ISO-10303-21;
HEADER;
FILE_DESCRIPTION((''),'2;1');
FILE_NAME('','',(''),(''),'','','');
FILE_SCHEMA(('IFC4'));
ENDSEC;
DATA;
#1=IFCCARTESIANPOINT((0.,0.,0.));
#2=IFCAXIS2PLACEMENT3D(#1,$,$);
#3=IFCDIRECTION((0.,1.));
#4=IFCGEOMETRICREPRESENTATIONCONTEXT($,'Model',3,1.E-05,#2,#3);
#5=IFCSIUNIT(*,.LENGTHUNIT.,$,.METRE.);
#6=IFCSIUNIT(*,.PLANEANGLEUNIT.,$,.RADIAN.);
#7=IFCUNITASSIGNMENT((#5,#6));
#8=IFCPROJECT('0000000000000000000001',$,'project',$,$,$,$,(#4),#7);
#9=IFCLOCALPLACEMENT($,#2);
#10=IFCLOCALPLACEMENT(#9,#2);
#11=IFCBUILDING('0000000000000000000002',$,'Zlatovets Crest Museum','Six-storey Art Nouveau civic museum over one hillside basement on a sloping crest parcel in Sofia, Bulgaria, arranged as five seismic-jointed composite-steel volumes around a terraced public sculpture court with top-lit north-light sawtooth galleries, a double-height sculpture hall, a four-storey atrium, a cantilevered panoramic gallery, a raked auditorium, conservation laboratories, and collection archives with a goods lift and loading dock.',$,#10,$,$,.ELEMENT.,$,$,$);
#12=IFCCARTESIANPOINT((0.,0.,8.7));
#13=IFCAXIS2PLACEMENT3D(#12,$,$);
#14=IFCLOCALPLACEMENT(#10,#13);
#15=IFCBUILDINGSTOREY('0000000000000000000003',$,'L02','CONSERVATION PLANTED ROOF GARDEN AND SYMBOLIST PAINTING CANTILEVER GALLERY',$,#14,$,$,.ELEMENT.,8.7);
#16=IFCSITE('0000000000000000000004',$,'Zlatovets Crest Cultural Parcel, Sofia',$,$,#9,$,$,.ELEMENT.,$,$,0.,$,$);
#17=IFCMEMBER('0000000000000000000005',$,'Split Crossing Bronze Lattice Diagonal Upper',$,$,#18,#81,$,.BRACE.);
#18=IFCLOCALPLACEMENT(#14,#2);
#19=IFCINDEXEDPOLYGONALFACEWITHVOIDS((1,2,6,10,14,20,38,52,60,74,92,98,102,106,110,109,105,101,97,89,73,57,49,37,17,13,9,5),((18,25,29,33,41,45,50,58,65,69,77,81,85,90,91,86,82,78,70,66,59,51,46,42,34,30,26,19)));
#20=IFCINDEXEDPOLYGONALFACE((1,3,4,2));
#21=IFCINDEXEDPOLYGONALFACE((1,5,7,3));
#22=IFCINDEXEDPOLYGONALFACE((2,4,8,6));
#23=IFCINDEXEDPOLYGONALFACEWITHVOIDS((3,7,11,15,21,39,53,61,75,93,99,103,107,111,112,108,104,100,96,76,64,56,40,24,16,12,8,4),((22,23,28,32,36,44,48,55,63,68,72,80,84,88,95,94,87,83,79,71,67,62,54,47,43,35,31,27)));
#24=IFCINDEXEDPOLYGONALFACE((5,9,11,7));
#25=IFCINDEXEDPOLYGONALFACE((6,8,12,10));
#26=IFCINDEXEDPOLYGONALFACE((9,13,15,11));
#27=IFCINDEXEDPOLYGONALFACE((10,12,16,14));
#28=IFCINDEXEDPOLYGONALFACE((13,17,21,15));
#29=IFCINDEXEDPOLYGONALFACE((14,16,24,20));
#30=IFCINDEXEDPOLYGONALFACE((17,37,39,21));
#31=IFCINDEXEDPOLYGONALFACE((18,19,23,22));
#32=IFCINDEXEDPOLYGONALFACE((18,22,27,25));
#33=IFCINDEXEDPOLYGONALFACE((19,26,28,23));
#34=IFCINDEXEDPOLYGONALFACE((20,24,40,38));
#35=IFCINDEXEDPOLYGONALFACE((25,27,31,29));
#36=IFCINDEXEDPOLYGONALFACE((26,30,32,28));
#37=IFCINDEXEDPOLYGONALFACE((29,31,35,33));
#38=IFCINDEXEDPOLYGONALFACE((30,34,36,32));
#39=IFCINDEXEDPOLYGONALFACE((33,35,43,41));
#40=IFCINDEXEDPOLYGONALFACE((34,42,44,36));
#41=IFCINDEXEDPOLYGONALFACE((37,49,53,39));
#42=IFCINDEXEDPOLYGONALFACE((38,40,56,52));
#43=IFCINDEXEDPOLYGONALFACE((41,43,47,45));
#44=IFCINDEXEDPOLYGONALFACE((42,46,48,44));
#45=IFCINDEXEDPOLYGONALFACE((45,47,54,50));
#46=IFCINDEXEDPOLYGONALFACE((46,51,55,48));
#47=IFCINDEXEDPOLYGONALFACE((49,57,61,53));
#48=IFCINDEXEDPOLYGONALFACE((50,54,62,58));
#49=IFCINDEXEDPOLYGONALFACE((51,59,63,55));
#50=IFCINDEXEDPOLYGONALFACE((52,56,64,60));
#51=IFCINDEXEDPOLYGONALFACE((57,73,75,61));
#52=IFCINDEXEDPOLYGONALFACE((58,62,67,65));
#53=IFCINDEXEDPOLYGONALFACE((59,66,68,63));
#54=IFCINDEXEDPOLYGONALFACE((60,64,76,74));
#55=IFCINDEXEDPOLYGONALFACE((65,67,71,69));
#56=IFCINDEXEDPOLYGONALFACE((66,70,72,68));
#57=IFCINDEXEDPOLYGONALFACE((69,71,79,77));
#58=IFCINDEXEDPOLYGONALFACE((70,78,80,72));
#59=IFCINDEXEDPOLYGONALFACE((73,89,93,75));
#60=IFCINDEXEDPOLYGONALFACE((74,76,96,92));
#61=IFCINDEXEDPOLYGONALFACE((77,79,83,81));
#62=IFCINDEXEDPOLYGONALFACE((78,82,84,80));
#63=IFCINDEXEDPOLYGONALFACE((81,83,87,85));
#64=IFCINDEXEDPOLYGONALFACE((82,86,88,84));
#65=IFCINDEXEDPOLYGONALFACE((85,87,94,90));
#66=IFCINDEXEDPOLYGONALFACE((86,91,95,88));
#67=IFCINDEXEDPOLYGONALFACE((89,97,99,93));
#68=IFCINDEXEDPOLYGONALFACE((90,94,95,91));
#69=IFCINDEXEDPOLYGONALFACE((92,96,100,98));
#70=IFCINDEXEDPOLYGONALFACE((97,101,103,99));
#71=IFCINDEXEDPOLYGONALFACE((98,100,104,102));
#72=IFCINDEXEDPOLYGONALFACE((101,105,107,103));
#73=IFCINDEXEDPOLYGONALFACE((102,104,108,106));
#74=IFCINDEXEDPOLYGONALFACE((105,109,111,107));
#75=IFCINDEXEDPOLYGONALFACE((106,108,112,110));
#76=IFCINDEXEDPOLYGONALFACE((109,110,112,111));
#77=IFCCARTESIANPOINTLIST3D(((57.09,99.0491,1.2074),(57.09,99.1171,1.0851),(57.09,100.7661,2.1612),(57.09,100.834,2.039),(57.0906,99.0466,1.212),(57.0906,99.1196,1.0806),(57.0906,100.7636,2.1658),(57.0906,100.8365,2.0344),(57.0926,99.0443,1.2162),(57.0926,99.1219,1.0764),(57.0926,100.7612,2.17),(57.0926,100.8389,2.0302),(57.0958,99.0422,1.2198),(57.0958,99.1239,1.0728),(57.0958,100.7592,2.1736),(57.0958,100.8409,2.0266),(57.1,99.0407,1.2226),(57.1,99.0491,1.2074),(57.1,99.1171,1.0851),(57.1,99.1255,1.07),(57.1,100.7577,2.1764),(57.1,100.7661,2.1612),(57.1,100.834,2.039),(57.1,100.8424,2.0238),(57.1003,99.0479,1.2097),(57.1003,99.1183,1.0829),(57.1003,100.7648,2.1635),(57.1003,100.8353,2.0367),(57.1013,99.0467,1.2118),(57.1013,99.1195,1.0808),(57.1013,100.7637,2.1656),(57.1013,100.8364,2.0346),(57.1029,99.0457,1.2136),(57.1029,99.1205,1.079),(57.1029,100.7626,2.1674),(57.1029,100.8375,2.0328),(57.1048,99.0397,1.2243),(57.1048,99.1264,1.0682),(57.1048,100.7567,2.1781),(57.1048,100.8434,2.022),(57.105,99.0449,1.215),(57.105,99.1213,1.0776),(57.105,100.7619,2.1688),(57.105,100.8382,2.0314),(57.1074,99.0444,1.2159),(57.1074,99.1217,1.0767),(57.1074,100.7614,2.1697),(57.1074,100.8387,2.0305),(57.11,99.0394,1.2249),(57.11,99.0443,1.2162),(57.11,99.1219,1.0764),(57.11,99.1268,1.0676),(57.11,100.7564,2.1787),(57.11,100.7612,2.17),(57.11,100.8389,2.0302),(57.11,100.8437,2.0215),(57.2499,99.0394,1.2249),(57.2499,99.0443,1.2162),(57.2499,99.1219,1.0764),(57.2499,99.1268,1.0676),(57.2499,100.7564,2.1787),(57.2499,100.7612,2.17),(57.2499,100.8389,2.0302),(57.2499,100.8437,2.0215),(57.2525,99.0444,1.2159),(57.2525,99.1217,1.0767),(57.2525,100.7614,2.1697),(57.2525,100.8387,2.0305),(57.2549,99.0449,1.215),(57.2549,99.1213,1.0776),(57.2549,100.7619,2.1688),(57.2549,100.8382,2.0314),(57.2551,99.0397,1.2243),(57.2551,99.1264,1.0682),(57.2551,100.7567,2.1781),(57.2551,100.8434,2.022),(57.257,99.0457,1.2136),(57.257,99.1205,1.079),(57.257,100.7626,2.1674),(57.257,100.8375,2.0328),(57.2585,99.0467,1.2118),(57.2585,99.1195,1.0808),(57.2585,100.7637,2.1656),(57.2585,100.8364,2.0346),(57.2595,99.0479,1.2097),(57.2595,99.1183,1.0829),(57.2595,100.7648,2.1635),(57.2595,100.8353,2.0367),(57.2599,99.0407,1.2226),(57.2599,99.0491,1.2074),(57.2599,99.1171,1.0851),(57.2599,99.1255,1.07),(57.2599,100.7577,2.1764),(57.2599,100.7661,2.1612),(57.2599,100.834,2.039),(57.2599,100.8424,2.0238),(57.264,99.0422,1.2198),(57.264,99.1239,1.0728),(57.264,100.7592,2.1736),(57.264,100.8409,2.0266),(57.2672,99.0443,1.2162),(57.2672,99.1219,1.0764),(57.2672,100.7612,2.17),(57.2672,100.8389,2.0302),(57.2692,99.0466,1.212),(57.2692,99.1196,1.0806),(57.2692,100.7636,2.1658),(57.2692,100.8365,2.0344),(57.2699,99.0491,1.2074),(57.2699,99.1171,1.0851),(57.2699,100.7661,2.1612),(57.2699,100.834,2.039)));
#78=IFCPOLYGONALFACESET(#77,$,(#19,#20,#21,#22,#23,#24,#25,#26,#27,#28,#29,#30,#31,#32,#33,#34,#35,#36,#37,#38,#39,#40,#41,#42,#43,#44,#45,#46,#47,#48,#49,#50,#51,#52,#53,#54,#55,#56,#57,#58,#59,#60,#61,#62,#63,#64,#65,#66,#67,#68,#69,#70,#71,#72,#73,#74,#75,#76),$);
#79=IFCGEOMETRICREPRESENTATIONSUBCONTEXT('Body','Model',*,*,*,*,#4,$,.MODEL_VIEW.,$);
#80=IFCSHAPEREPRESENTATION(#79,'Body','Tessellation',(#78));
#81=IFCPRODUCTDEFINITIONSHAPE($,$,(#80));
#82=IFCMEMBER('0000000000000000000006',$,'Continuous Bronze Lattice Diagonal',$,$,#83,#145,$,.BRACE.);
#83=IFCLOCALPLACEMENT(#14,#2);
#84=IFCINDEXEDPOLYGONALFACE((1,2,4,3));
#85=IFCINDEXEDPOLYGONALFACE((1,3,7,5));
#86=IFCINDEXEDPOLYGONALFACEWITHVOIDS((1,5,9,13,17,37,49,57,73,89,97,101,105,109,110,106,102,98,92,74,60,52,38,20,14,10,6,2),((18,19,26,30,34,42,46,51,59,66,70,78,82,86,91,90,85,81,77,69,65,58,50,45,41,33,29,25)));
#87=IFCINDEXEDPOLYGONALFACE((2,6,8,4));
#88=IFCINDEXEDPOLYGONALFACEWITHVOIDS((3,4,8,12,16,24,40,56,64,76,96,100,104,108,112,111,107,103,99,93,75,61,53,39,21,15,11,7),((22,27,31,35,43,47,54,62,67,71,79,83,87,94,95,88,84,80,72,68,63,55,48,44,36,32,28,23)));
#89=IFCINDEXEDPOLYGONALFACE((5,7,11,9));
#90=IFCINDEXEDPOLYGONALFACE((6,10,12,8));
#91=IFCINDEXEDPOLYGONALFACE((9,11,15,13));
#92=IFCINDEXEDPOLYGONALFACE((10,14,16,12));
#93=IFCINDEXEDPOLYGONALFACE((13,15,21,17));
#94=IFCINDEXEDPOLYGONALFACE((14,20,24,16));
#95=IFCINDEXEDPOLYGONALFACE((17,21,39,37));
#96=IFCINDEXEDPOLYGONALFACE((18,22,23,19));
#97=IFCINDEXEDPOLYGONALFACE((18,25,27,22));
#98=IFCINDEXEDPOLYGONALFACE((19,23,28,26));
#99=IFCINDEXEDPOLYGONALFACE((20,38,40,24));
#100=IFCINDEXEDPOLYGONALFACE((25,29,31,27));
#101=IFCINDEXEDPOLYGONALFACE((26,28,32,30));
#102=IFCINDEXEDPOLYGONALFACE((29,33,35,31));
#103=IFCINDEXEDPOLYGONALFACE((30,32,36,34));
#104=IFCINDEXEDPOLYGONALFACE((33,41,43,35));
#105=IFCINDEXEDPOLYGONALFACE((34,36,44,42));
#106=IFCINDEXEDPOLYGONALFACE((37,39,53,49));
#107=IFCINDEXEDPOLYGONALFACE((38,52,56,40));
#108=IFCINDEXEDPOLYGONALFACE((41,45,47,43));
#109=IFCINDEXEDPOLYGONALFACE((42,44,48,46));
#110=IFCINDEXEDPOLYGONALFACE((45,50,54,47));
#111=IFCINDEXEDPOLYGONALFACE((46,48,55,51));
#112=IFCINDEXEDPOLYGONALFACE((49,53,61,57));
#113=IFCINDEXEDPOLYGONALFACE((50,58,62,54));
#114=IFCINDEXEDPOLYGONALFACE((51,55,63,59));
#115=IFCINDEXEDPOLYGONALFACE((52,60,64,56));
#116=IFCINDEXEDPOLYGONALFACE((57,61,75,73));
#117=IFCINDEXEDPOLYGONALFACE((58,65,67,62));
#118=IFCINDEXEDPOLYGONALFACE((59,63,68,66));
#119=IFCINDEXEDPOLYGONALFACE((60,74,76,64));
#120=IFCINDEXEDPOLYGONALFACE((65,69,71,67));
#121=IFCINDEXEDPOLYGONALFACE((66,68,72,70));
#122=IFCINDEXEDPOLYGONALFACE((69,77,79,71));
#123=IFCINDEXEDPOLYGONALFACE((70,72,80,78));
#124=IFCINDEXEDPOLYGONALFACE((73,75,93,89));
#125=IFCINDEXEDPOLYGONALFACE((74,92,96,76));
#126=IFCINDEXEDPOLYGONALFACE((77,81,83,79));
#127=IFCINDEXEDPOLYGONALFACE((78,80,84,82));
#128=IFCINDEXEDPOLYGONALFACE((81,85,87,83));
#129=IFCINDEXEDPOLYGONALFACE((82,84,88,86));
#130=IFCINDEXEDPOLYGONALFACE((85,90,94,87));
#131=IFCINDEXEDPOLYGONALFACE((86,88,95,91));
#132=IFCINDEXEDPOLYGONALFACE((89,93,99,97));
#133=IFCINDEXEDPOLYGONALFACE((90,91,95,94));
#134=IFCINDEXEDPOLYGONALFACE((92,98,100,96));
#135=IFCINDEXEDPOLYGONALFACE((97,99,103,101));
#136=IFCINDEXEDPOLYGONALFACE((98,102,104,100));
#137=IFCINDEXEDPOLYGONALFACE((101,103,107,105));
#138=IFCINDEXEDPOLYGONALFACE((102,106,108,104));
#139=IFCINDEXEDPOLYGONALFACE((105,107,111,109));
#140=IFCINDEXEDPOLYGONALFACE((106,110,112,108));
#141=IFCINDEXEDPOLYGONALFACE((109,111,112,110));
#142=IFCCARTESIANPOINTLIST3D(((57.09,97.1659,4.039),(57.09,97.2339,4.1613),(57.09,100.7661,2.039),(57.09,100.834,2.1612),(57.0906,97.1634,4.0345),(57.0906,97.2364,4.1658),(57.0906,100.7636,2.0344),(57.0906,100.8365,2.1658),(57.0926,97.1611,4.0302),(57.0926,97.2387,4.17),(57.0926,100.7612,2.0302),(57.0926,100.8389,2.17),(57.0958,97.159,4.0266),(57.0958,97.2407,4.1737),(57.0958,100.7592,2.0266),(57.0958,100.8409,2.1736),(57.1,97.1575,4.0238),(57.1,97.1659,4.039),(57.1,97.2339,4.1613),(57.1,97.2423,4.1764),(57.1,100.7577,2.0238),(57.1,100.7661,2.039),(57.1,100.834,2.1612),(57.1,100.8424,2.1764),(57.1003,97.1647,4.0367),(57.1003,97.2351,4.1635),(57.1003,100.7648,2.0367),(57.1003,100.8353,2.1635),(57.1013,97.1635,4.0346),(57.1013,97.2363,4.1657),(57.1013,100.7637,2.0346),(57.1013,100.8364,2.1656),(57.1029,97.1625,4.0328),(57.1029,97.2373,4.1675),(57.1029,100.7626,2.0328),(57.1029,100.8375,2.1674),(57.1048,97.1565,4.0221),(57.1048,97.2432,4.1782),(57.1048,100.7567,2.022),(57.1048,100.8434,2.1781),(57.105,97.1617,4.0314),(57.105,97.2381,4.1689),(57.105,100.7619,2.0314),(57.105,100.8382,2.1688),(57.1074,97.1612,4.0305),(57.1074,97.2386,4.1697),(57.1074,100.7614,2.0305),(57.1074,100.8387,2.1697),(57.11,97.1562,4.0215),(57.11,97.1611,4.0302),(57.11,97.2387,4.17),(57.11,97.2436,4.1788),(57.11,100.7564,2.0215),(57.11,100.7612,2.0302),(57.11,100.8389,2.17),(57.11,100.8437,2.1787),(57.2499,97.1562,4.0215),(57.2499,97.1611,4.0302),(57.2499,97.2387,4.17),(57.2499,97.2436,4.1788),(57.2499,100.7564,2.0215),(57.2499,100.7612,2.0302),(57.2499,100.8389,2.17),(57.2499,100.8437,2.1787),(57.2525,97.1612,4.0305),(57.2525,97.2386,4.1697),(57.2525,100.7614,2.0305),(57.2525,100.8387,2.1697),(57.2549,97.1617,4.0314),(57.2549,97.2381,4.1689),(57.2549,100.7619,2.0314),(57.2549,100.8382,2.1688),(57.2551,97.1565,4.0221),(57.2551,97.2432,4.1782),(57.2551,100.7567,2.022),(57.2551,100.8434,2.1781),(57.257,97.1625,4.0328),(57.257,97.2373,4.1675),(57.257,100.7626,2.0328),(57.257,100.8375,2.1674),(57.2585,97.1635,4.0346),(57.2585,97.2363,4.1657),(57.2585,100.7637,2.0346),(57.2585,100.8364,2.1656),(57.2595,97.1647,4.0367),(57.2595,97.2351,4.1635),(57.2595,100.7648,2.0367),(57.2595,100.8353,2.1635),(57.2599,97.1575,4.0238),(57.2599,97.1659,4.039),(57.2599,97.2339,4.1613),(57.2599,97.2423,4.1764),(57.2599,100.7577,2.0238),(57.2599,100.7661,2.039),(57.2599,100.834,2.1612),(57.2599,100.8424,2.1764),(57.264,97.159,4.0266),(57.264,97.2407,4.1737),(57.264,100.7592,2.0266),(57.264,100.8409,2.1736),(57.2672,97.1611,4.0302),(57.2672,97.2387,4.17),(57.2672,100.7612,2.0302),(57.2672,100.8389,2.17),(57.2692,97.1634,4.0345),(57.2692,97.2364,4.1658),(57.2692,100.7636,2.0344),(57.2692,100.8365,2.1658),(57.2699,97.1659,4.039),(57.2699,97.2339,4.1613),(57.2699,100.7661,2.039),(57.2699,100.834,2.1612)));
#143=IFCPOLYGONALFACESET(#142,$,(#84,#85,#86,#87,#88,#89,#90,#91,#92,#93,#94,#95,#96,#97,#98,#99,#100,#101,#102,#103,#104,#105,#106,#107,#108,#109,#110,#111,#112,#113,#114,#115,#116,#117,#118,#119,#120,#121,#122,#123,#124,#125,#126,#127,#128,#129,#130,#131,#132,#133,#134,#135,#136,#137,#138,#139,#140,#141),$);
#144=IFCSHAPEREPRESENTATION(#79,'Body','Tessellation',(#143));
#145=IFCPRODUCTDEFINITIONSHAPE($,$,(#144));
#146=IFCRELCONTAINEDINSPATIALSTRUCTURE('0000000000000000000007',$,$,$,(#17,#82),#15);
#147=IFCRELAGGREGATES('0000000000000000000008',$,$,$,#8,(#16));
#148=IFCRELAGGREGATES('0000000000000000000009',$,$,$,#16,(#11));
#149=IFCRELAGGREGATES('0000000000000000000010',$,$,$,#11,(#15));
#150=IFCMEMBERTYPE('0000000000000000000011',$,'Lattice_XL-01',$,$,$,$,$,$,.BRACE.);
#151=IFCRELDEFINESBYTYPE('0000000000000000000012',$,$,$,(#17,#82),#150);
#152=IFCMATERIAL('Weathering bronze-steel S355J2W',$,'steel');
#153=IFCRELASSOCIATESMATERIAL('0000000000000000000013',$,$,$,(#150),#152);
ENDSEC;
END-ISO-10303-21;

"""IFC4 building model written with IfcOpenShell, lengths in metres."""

from ifc_helpers import new_model, si_unit, direction, frame, origin, origin_2d, place, context, subcontext, project, spatial, hollow_rectangle, extrude, material, material_profile, profile_set, type_object, element, save


model = new_model("IFC4")

# Units and contexts
model_context = context("Model", 3, precision=1e-05, world=origin(), true_north=direction((0.0, 1.0)))
body_context = subcontext(model_context, "Body", "Model", "MODEL_VIEW")
ifc_project = project(units=[si_unit("LENGTHUNIT", "METRE"), si_unit("PLANEANGLEUNIT", "RADIAN")], contexts=[model_context])

# Site, building, storey
site_placement = place(None, origin())
site = spatial("IfcSite", under=ifc_project, at=site_placement, Name="Zlatovets Crest Cultural Parcel, Sofia", CompositionType="ELEMENT", RefElevation=0.0)
building_placement = place(site_placement, origin())
building = spatial("IfcBuilding", under=site, at=building_placement, Name="Zlatovets Crest Museum", Description="Six-storey Art Nouveau civic museum over one hillside basement on a sloping crest parcel in Sofia, Bulgaria, arranged as five seismic-jointed composite-steel volumes around a terraced public sculpture court with top-lit north-light sawtooth galleries, a double-height sculpture hall, a four-storey atrium, a cantilevered panoramic gallery, a raked auditorium, conservation laboratories, and collection archives with a goods lift and loading dock.", CompositionType="ELEMENT")
storey_placement = place(building_placement, frame((0.0, 0.0, 8.7)))
storey = spatial("IfcBuildingStorey", under=building, at=storey_placement, Name="L02", Description="CONSERVATION PLANTED ROOF GARDEN AND SYMBOLIST PAINTING CANTILEVER GALLERY", CompositionType="ELEMENT", Elevation=8.7)

# Members
ifc_material_1 = material(Name="Weathering bronze-steel S355J2W", Category="steel")
ifc_material_profile_1 = material_profile(ifc_material_1, hollow_rectangle(XDim=0.1799, YDim=0.1799, WallThickness=0.01, InnerFilletRadius=0.01, OuterFilletRadius=0.02, at=origin_2d()), Name="SHS 180x180x10.0")
ifc_profile_set_1 = profile_set([ifc_material_profile_1], Name="Weathering bronze-steel S355J2W")
member_type_1 = type_object("IfcMemberType", Name="Lattice_XL-01", PredefinedType="BRACE", material=ifc_profile_set_1)
for number, where, z_axis, x_axis, name in (
    (1, (57.1799, 100.8, 2.1001), (0.0, -0.874169, -0.485622), (1.0, 0.0, 0.0), "Split Crossing Bronze Lattice Diagonal Upper"),
):
    element("IfcMember", number, at=place(storey_placement, frame(where, z_axis=z_axis, x_axis=x_axis)), inside=storey, type_object=member_type_1, Name=name, PredefinedType="BRACE", context=body_context, shape_type="SweptSolid", body=[
        extrude(hollow_rectangle(XDim=0.1799, YDim=0.1799, WallThickness=0.01, InnerFilletRadius=0.01, OuterFilletRadius=0.02, at=origin_2d()), origin(), (0.0, 0.0, 1.0), 1.9641),
    ])
member_1_placement = place(storey_placement, frame((57.1799, 100.8, 2.1001), z_axis=(0.0, -0.874163, 0.485633), x_axis=(1.0, 0.0, 0.0)))
element("IfcMember", 2, at=member_1_placement, inside=storey, type_object=member_type_1, Name="Continuous Bronze Lattice Diagonal", PredefinedType="BRACE", context=body_context, shape_type="SweptSolid", body=[
    extrude(hollow_rectangle(XDim=0.1799, YDim=0.1799, WallThickness=0.01, InnerFilletRadius=0.01, OuterFilletRadius=0.02, at=origin_2d()), origin(), (0.0, 0.0, 1.0), 4.1184),
])

save(model, "model.ifc")
